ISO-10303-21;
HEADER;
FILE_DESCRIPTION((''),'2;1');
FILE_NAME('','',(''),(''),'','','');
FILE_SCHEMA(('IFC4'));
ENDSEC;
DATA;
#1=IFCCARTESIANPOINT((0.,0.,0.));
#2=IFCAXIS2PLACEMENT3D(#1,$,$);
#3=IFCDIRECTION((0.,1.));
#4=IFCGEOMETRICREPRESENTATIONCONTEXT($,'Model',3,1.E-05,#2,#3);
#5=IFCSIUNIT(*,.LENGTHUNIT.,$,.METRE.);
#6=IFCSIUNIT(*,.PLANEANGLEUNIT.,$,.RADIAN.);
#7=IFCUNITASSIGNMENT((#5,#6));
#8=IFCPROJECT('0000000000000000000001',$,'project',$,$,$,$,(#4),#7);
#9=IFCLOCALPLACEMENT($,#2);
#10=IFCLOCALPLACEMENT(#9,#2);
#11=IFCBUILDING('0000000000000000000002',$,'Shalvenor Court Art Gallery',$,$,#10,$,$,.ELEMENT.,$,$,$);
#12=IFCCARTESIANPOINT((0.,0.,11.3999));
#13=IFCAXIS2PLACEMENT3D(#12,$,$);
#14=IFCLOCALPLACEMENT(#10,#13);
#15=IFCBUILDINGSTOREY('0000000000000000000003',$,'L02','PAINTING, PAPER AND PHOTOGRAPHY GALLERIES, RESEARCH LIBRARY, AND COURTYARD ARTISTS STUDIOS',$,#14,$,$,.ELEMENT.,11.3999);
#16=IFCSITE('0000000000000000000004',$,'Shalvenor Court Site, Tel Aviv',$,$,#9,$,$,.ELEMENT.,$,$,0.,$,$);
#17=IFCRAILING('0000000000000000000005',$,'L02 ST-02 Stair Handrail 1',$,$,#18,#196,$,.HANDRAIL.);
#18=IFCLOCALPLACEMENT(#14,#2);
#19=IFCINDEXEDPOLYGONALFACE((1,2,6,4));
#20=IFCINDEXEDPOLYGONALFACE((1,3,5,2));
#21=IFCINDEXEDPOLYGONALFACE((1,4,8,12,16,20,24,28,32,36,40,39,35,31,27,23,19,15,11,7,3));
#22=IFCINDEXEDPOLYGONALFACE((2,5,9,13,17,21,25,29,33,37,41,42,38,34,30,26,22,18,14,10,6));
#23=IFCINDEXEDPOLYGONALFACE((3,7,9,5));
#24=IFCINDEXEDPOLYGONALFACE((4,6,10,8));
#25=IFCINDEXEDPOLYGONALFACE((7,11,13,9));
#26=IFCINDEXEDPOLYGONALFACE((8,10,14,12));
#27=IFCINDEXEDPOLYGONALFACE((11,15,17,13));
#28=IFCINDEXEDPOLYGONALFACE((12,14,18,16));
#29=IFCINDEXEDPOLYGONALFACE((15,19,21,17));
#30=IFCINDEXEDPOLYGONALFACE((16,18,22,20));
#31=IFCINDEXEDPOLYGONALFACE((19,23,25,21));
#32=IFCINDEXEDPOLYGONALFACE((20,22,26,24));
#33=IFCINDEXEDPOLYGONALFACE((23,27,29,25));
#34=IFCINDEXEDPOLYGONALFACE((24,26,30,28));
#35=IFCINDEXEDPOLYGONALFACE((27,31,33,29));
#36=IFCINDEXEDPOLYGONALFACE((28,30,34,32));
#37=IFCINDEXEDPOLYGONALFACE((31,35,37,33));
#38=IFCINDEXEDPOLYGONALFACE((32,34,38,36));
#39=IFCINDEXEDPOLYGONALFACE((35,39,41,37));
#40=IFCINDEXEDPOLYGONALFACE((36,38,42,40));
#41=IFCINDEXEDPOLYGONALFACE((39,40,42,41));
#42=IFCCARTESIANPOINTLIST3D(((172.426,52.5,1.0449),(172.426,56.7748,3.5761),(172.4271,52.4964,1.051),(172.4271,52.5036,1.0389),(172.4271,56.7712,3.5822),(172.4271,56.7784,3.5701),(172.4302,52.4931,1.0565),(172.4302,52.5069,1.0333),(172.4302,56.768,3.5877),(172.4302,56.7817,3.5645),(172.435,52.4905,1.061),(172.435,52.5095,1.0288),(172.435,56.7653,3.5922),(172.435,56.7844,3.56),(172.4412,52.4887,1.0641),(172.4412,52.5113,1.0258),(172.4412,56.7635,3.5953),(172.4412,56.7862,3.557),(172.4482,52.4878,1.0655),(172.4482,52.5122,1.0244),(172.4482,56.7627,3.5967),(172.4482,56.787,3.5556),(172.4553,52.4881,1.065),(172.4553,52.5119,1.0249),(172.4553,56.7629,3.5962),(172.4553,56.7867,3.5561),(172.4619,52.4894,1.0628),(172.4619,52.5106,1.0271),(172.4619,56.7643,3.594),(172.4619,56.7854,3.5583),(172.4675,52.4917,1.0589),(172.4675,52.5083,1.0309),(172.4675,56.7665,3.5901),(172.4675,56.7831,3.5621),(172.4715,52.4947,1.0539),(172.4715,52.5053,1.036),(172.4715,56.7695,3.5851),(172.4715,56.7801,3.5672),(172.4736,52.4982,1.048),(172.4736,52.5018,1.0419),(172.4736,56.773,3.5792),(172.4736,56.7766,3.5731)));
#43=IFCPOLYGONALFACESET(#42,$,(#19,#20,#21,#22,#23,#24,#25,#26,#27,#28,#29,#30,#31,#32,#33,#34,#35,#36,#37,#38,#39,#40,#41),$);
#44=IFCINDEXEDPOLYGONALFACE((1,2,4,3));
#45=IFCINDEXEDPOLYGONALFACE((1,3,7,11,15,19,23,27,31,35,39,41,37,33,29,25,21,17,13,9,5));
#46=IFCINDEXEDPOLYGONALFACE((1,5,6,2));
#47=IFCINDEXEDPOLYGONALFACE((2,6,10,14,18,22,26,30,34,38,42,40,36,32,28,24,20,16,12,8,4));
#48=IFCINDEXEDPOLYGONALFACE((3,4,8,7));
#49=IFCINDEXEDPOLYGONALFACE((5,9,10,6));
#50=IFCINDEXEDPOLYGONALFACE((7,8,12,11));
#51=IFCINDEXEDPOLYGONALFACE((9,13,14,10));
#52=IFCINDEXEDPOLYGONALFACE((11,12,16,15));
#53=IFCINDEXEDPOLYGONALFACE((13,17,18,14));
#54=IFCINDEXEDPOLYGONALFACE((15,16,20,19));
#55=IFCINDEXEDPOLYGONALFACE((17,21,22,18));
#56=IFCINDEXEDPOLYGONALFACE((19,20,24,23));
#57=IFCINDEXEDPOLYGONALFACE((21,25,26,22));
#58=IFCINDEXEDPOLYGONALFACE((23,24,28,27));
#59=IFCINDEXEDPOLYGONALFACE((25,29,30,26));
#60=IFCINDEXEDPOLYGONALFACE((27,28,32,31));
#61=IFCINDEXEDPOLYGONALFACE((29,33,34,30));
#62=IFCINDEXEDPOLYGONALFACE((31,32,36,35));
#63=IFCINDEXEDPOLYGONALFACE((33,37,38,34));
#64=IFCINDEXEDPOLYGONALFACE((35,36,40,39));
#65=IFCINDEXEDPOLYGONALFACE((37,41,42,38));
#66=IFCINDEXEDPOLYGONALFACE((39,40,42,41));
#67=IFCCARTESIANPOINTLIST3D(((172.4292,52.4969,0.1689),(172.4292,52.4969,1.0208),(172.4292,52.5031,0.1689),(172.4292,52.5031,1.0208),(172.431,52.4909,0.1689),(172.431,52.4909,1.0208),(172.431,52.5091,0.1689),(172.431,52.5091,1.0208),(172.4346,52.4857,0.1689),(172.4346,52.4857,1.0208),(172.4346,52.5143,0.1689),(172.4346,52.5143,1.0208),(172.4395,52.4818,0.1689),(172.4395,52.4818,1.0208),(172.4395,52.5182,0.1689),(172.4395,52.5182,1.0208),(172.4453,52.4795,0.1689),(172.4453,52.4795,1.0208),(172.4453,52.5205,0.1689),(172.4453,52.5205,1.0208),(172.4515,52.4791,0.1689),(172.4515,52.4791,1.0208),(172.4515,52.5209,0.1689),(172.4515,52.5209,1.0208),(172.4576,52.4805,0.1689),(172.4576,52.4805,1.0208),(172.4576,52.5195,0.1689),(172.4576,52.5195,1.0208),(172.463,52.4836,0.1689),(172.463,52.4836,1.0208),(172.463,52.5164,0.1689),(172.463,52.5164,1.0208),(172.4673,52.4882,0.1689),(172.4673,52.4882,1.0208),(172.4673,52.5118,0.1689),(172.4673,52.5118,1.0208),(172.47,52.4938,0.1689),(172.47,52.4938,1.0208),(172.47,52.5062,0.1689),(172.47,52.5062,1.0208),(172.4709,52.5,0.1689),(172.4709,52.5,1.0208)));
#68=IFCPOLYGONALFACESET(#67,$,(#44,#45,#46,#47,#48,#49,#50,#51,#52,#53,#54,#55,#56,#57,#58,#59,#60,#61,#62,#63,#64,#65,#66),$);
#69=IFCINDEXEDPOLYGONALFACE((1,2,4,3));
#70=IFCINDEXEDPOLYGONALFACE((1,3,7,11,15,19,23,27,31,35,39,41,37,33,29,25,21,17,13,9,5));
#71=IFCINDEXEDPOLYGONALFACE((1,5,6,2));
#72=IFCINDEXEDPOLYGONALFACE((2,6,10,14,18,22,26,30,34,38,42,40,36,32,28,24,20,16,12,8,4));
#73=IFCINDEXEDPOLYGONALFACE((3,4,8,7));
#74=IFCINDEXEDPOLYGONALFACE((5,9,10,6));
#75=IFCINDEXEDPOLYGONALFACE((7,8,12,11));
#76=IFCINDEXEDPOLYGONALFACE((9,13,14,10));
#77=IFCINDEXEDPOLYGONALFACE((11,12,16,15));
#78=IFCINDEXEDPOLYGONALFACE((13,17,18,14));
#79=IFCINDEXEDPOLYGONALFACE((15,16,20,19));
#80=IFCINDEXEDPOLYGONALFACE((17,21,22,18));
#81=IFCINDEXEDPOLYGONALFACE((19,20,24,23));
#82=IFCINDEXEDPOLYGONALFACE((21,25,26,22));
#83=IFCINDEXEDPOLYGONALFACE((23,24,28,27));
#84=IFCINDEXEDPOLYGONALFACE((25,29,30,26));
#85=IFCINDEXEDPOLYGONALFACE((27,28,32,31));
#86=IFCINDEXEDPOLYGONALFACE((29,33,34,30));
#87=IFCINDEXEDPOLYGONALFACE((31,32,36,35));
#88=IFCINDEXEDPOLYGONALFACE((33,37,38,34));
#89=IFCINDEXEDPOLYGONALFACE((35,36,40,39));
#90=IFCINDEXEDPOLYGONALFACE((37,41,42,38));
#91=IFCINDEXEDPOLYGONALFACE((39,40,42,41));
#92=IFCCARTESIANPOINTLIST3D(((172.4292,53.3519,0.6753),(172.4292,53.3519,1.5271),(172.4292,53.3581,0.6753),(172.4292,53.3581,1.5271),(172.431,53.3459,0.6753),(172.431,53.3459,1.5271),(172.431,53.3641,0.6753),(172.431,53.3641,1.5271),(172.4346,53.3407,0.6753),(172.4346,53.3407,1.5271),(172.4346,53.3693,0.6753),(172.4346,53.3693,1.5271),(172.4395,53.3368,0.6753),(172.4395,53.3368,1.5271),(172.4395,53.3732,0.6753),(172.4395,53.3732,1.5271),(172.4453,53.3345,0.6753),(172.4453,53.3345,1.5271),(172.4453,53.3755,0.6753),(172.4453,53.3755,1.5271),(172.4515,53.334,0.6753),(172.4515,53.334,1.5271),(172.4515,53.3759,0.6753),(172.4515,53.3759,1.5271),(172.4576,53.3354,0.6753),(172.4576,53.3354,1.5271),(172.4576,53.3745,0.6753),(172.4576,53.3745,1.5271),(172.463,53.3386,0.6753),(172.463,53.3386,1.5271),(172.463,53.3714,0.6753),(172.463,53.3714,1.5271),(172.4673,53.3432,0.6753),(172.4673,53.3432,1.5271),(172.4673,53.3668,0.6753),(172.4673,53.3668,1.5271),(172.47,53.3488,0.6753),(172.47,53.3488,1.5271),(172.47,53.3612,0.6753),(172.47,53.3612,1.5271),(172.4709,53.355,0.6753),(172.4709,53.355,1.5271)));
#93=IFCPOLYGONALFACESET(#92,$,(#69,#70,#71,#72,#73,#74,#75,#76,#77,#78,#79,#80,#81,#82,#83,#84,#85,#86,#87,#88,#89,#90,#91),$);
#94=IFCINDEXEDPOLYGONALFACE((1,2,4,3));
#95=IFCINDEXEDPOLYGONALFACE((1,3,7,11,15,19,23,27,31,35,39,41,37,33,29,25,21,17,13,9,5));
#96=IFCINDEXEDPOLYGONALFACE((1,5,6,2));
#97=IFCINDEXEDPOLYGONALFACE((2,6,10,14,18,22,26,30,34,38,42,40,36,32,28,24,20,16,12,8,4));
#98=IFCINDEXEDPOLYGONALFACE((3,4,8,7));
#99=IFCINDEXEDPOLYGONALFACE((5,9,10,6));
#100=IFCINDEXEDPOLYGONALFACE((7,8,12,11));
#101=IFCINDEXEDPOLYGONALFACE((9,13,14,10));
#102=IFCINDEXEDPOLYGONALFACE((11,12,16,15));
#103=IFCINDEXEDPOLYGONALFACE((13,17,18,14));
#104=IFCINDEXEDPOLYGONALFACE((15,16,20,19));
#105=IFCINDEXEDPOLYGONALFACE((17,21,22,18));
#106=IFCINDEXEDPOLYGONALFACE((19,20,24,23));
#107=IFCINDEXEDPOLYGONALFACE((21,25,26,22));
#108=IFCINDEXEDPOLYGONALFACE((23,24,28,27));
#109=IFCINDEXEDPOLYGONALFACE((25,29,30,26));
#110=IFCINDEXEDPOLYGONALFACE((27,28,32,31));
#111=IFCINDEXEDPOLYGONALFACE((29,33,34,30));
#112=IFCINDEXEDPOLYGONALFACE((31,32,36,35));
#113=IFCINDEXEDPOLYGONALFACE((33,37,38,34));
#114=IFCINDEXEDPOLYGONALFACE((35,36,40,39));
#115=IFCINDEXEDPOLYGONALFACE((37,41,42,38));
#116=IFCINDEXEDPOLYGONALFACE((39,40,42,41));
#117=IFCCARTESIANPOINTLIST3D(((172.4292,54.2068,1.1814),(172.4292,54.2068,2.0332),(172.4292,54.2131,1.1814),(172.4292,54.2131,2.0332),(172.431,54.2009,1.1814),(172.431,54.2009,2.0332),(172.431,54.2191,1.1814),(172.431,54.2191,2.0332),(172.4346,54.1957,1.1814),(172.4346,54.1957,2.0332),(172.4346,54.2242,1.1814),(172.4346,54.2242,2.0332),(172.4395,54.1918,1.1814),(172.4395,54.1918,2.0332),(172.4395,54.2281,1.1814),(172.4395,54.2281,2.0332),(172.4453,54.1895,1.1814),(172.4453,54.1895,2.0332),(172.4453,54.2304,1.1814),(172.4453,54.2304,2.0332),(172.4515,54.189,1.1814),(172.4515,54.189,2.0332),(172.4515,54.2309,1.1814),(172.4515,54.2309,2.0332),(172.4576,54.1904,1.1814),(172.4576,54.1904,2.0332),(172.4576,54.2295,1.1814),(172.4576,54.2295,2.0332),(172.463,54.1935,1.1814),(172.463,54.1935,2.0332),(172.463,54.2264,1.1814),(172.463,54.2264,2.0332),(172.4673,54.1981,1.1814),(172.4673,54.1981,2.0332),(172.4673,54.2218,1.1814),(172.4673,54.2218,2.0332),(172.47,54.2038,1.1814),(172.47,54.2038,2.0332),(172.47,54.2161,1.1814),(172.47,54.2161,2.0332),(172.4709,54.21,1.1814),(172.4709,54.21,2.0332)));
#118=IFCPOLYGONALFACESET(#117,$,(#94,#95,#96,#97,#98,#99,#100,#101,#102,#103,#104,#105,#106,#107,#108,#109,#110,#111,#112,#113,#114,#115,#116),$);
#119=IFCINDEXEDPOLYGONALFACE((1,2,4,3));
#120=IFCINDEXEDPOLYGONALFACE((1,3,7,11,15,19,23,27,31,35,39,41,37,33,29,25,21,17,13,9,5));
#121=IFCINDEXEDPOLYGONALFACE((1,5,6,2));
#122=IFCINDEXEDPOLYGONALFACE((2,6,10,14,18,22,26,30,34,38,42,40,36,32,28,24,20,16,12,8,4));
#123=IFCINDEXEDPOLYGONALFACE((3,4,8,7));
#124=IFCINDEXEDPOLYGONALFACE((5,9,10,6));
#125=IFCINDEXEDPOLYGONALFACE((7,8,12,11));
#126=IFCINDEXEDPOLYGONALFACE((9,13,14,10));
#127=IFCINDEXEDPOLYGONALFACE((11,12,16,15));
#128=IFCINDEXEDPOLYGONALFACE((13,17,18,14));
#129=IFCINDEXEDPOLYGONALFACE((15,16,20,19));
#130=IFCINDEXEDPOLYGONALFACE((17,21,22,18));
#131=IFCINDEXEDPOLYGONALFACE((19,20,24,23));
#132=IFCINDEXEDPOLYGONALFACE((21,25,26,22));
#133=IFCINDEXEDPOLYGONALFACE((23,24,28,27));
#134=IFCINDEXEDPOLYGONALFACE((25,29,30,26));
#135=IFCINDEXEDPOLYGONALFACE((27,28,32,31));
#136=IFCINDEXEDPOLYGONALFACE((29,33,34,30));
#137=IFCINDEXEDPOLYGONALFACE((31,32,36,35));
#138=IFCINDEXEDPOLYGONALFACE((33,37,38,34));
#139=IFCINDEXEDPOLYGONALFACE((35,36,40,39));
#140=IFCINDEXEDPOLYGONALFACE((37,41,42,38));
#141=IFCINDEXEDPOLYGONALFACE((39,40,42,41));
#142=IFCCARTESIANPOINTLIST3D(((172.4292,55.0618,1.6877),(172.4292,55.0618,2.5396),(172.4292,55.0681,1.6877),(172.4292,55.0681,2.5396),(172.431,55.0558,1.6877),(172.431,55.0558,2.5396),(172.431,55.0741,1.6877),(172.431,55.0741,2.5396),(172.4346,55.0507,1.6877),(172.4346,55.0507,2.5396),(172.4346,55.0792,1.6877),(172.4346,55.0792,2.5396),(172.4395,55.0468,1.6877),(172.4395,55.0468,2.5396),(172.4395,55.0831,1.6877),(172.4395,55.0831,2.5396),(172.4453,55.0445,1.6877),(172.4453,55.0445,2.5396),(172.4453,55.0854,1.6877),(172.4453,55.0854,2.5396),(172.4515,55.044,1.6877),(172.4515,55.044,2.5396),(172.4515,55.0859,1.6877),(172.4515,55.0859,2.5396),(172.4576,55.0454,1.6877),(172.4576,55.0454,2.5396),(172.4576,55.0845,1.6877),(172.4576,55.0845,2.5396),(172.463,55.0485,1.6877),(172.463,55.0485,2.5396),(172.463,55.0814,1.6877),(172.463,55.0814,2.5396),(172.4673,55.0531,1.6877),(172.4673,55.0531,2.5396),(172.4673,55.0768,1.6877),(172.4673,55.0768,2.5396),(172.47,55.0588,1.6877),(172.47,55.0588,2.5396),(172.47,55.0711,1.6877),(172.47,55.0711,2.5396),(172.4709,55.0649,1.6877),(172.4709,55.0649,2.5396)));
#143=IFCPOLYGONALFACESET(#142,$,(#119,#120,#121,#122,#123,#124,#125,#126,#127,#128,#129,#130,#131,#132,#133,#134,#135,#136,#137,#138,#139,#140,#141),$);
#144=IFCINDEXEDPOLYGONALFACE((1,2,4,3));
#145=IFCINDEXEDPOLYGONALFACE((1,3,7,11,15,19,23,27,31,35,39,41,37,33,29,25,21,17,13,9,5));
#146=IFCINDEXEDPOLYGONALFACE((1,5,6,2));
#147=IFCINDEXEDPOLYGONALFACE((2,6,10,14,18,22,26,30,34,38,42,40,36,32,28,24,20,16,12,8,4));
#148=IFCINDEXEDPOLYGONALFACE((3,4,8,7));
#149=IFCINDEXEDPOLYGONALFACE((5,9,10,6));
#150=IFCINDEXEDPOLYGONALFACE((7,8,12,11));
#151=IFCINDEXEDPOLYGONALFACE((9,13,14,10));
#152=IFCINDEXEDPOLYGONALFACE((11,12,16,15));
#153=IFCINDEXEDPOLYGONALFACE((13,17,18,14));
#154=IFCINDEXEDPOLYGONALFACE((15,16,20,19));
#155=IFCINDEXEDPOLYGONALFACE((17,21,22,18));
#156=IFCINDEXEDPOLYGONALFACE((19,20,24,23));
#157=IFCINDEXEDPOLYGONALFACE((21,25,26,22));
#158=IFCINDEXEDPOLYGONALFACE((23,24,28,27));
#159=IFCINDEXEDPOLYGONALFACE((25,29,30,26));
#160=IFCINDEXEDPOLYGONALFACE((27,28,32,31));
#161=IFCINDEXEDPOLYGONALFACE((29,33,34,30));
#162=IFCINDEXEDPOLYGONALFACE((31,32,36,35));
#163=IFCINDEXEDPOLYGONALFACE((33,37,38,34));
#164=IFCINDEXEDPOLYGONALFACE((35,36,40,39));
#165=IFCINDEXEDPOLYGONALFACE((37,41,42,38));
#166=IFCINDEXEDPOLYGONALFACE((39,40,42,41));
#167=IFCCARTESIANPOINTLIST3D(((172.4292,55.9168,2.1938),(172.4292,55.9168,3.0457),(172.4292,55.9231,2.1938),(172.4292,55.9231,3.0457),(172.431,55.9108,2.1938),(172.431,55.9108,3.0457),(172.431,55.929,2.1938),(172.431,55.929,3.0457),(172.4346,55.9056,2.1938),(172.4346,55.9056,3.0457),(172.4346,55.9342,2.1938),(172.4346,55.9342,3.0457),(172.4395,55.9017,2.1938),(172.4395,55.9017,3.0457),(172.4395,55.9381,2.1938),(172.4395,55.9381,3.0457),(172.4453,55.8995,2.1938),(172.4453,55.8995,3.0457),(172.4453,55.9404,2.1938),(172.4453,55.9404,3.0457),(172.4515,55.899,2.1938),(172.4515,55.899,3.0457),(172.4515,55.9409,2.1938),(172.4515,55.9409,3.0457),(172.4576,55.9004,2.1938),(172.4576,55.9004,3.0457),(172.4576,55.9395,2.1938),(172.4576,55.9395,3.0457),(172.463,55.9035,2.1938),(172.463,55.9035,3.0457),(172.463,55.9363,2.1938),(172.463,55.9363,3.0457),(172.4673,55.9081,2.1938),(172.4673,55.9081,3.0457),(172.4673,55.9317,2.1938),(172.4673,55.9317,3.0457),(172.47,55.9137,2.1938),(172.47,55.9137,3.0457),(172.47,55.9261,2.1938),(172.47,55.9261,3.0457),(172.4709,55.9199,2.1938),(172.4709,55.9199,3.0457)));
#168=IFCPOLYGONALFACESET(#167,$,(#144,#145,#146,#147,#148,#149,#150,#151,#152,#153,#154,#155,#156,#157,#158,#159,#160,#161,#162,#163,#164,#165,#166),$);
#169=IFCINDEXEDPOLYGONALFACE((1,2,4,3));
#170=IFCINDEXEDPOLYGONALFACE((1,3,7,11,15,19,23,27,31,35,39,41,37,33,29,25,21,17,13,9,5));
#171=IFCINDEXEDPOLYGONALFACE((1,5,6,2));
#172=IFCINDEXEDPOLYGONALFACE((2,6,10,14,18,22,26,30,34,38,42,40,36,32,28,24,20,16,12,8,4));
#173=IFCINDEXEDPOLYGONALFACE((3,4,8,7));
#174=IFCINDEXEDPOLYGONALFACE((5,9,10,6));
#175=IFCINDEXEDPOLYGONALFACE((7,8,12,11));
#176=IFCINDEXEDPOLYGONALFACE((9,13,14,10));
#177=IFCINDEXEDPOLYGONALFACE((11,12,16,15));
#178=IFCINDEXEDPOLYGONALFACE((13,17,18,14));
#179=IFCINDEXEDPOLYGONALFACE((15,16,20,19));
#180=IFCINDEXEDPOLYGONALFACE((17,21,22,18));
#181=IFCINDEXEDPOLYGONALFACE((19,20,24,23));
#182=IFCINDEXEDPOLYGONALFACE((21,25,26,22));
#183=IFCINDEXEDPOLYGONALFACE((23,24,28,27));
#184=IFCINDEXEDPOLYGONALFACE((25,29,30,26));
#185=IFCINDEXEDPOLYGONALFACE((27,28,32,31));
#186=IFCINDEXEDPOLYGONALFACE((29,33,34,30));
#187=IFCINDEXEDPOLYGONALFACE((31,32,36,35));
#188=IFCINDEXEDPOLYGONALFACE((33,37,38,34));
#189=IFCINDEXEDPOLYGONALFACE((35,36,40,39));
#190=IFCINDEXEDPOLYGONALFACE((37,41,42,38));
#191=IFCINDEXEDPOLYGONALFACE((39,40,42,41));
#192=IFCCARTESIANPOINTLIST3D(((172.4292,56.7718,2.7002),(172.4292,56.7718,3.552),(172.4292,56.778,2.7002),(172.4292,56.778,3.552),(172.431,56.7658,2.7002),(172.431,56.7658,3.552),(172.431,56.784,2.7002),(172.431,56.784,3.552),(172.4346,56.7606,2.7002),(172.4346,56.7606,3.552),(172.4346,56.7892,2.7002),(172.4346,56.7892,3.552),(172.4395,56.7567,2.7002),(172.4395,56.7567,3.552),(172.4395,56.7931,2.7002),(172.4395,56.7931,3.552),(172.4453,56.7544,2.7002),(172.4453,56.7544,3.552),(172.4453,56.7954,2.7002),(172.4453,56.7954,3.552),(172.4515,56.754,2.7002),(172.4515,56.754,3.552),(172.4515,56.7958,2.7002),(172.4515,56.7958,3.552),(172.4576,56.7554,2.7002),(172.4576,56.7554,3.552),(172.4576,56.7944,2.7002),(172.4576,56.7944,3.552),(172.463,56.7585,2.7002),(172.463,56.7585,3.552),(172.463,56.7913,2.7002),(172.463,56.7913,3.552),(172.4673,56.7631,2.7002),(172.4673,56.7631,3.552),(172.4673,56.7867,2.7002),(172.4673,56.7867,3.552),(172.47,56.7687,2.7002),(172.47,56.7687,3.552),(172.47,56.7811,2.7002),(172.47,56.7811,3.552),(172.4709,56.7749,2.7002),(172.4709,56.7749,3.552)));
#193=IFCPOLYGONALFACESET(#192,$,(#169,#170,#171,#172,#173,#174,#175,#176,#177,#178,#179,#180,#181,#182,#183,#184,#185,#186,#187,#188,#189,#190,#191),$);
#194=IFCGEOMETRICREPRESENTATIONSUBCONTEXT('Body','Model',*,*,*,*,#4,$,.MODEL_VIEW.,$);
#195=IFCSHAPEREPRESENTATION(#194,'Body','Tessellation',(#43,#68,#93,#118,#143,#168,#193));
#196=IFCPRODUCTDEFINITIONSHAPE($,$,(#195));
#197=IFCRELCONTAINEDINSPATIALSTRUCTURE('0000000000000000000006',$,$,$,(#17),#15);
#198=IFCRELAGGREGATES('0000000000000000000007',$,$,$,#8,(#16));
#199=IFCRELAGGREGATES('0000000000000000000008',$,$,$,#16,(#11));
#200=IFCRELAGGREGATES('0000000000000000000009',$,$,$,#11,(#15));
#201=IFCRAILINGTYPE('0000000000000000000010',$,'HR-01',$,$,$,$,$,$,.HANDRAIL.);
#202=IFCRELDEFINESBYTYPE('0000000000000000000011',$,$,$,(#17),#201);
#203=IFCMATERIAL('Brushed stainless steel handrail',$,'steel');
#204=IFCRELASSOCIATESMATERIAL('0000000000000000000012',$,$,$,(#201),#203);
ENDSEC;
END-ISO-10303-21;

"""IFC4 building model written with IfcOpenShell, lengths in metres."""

from ifc_helpers import new_model, si_unit, direction, frame, origin, origin_2d, place, context, subcontext, project, spatial, circle, extrude, material, type_object, element, save


model = new_model("IFC4")

# Units and contexts
model_context = context("Model", 3, precision=1e-05, world=origin(), true_north=direction((0.0, 1.0)))
body_context = subcontext(model_context, "Body", "Model", "MODEL_VIEW")
ifc_project = project(units=[si_unit("LENGTHUNIT", "METRE"), si_unit("PLANEANGLEUNIT", "RADIAN")], contexts=[model_context])

# Site, building, storey
site_placement = place(None, origin())
site = spatial("IfcSite", under=ifc_project, at=site_placement, Name="Shalvenor Court Site, Tel Aviv", CompositionType="ELEMENT", RefElevation=0.0)
building_placement = place(site_placement, origin())
building = spatial("IfcBuilding", under=site, at=building_placement, Name="Shalvenor Court Art Gallery", CompositionType="ELEMENT")
storey_placement = place(building_placement, frame((0.0, 0.0, 11.3999)))
storey = spatial("IfcBuildingStorey", under=building, at=storey_placement, Name="L02", Description="PAINTING, PAPER AND PHOTOGRAPHY GALLERIES, RESEARCH LIBRARY, AND COURTYARD ARTISTS STUDIOS", CompositionType="ELEMENT", Elevation=11.3999)

# Railing
ifc_material_1 = material(Name="Brushed stainless steel handrail", Category="steel")
railing_type_1 = type_object("IfcRailingType", Name="HR-01", PredefinedType="HANDRAIL", material=ifc_material_1)
railing_1_placement = place(storey_placement, frame((172.45, 52.5, 0.1689)))
element("IfcRailing", 1, at=railing_1_placement, inside=storey, type_object=railing_type_1, Name="L02 ST-02 Stair Handrail 1", PredefinedType="HANDRAIL", context=body_context, shape_type="SweptSolid", body=[
    extrude(circle(Radius=0.0239, at=origin_2d()), frame((0.0, 0.0, 0.876), z_axis=(0.0, 0.86047, 0.509501), x_axis=(-1.0, 0.0, 0.0)), (0.0, 0.0, 1.0), 4.968),
    extrude(circle(Radius=0.021, at=origin_2d()), origin(), (0.0, 0.0, 1.0), 0.8518),
    extrude(circle(Radius=0.021, at=origin_2d()), frame((0.0, 0.855, 0.5063)), (0.0, 0.0, 1.0), 0.8518),
    extrude(circle(Radius=0.021, at=origin_2d()), frame((0.0, 1.71, 1.0125)), (0.0, 0.0, 1.0), 0.8518),
    extrude(circle(Radius=0.021, at=origin_2d()), frame((0.0, 2.5649, 1.5188)), (0.0, 0.0, 1.0), 0.8518),
    extrude(circle(Radius=0.021, at=origin_2d()), frame((0.0, 3.4199, 2.0249)), (0.0, 0.0, 1.0), 0.8518),
    extrude(circle(Radius=0.021, at=origin_2d()), frame((0.0, 4.2749, 2.5312)), (0.0, 0.0, 1.0), 0.8518),
])

save(model, "model.ifc")
